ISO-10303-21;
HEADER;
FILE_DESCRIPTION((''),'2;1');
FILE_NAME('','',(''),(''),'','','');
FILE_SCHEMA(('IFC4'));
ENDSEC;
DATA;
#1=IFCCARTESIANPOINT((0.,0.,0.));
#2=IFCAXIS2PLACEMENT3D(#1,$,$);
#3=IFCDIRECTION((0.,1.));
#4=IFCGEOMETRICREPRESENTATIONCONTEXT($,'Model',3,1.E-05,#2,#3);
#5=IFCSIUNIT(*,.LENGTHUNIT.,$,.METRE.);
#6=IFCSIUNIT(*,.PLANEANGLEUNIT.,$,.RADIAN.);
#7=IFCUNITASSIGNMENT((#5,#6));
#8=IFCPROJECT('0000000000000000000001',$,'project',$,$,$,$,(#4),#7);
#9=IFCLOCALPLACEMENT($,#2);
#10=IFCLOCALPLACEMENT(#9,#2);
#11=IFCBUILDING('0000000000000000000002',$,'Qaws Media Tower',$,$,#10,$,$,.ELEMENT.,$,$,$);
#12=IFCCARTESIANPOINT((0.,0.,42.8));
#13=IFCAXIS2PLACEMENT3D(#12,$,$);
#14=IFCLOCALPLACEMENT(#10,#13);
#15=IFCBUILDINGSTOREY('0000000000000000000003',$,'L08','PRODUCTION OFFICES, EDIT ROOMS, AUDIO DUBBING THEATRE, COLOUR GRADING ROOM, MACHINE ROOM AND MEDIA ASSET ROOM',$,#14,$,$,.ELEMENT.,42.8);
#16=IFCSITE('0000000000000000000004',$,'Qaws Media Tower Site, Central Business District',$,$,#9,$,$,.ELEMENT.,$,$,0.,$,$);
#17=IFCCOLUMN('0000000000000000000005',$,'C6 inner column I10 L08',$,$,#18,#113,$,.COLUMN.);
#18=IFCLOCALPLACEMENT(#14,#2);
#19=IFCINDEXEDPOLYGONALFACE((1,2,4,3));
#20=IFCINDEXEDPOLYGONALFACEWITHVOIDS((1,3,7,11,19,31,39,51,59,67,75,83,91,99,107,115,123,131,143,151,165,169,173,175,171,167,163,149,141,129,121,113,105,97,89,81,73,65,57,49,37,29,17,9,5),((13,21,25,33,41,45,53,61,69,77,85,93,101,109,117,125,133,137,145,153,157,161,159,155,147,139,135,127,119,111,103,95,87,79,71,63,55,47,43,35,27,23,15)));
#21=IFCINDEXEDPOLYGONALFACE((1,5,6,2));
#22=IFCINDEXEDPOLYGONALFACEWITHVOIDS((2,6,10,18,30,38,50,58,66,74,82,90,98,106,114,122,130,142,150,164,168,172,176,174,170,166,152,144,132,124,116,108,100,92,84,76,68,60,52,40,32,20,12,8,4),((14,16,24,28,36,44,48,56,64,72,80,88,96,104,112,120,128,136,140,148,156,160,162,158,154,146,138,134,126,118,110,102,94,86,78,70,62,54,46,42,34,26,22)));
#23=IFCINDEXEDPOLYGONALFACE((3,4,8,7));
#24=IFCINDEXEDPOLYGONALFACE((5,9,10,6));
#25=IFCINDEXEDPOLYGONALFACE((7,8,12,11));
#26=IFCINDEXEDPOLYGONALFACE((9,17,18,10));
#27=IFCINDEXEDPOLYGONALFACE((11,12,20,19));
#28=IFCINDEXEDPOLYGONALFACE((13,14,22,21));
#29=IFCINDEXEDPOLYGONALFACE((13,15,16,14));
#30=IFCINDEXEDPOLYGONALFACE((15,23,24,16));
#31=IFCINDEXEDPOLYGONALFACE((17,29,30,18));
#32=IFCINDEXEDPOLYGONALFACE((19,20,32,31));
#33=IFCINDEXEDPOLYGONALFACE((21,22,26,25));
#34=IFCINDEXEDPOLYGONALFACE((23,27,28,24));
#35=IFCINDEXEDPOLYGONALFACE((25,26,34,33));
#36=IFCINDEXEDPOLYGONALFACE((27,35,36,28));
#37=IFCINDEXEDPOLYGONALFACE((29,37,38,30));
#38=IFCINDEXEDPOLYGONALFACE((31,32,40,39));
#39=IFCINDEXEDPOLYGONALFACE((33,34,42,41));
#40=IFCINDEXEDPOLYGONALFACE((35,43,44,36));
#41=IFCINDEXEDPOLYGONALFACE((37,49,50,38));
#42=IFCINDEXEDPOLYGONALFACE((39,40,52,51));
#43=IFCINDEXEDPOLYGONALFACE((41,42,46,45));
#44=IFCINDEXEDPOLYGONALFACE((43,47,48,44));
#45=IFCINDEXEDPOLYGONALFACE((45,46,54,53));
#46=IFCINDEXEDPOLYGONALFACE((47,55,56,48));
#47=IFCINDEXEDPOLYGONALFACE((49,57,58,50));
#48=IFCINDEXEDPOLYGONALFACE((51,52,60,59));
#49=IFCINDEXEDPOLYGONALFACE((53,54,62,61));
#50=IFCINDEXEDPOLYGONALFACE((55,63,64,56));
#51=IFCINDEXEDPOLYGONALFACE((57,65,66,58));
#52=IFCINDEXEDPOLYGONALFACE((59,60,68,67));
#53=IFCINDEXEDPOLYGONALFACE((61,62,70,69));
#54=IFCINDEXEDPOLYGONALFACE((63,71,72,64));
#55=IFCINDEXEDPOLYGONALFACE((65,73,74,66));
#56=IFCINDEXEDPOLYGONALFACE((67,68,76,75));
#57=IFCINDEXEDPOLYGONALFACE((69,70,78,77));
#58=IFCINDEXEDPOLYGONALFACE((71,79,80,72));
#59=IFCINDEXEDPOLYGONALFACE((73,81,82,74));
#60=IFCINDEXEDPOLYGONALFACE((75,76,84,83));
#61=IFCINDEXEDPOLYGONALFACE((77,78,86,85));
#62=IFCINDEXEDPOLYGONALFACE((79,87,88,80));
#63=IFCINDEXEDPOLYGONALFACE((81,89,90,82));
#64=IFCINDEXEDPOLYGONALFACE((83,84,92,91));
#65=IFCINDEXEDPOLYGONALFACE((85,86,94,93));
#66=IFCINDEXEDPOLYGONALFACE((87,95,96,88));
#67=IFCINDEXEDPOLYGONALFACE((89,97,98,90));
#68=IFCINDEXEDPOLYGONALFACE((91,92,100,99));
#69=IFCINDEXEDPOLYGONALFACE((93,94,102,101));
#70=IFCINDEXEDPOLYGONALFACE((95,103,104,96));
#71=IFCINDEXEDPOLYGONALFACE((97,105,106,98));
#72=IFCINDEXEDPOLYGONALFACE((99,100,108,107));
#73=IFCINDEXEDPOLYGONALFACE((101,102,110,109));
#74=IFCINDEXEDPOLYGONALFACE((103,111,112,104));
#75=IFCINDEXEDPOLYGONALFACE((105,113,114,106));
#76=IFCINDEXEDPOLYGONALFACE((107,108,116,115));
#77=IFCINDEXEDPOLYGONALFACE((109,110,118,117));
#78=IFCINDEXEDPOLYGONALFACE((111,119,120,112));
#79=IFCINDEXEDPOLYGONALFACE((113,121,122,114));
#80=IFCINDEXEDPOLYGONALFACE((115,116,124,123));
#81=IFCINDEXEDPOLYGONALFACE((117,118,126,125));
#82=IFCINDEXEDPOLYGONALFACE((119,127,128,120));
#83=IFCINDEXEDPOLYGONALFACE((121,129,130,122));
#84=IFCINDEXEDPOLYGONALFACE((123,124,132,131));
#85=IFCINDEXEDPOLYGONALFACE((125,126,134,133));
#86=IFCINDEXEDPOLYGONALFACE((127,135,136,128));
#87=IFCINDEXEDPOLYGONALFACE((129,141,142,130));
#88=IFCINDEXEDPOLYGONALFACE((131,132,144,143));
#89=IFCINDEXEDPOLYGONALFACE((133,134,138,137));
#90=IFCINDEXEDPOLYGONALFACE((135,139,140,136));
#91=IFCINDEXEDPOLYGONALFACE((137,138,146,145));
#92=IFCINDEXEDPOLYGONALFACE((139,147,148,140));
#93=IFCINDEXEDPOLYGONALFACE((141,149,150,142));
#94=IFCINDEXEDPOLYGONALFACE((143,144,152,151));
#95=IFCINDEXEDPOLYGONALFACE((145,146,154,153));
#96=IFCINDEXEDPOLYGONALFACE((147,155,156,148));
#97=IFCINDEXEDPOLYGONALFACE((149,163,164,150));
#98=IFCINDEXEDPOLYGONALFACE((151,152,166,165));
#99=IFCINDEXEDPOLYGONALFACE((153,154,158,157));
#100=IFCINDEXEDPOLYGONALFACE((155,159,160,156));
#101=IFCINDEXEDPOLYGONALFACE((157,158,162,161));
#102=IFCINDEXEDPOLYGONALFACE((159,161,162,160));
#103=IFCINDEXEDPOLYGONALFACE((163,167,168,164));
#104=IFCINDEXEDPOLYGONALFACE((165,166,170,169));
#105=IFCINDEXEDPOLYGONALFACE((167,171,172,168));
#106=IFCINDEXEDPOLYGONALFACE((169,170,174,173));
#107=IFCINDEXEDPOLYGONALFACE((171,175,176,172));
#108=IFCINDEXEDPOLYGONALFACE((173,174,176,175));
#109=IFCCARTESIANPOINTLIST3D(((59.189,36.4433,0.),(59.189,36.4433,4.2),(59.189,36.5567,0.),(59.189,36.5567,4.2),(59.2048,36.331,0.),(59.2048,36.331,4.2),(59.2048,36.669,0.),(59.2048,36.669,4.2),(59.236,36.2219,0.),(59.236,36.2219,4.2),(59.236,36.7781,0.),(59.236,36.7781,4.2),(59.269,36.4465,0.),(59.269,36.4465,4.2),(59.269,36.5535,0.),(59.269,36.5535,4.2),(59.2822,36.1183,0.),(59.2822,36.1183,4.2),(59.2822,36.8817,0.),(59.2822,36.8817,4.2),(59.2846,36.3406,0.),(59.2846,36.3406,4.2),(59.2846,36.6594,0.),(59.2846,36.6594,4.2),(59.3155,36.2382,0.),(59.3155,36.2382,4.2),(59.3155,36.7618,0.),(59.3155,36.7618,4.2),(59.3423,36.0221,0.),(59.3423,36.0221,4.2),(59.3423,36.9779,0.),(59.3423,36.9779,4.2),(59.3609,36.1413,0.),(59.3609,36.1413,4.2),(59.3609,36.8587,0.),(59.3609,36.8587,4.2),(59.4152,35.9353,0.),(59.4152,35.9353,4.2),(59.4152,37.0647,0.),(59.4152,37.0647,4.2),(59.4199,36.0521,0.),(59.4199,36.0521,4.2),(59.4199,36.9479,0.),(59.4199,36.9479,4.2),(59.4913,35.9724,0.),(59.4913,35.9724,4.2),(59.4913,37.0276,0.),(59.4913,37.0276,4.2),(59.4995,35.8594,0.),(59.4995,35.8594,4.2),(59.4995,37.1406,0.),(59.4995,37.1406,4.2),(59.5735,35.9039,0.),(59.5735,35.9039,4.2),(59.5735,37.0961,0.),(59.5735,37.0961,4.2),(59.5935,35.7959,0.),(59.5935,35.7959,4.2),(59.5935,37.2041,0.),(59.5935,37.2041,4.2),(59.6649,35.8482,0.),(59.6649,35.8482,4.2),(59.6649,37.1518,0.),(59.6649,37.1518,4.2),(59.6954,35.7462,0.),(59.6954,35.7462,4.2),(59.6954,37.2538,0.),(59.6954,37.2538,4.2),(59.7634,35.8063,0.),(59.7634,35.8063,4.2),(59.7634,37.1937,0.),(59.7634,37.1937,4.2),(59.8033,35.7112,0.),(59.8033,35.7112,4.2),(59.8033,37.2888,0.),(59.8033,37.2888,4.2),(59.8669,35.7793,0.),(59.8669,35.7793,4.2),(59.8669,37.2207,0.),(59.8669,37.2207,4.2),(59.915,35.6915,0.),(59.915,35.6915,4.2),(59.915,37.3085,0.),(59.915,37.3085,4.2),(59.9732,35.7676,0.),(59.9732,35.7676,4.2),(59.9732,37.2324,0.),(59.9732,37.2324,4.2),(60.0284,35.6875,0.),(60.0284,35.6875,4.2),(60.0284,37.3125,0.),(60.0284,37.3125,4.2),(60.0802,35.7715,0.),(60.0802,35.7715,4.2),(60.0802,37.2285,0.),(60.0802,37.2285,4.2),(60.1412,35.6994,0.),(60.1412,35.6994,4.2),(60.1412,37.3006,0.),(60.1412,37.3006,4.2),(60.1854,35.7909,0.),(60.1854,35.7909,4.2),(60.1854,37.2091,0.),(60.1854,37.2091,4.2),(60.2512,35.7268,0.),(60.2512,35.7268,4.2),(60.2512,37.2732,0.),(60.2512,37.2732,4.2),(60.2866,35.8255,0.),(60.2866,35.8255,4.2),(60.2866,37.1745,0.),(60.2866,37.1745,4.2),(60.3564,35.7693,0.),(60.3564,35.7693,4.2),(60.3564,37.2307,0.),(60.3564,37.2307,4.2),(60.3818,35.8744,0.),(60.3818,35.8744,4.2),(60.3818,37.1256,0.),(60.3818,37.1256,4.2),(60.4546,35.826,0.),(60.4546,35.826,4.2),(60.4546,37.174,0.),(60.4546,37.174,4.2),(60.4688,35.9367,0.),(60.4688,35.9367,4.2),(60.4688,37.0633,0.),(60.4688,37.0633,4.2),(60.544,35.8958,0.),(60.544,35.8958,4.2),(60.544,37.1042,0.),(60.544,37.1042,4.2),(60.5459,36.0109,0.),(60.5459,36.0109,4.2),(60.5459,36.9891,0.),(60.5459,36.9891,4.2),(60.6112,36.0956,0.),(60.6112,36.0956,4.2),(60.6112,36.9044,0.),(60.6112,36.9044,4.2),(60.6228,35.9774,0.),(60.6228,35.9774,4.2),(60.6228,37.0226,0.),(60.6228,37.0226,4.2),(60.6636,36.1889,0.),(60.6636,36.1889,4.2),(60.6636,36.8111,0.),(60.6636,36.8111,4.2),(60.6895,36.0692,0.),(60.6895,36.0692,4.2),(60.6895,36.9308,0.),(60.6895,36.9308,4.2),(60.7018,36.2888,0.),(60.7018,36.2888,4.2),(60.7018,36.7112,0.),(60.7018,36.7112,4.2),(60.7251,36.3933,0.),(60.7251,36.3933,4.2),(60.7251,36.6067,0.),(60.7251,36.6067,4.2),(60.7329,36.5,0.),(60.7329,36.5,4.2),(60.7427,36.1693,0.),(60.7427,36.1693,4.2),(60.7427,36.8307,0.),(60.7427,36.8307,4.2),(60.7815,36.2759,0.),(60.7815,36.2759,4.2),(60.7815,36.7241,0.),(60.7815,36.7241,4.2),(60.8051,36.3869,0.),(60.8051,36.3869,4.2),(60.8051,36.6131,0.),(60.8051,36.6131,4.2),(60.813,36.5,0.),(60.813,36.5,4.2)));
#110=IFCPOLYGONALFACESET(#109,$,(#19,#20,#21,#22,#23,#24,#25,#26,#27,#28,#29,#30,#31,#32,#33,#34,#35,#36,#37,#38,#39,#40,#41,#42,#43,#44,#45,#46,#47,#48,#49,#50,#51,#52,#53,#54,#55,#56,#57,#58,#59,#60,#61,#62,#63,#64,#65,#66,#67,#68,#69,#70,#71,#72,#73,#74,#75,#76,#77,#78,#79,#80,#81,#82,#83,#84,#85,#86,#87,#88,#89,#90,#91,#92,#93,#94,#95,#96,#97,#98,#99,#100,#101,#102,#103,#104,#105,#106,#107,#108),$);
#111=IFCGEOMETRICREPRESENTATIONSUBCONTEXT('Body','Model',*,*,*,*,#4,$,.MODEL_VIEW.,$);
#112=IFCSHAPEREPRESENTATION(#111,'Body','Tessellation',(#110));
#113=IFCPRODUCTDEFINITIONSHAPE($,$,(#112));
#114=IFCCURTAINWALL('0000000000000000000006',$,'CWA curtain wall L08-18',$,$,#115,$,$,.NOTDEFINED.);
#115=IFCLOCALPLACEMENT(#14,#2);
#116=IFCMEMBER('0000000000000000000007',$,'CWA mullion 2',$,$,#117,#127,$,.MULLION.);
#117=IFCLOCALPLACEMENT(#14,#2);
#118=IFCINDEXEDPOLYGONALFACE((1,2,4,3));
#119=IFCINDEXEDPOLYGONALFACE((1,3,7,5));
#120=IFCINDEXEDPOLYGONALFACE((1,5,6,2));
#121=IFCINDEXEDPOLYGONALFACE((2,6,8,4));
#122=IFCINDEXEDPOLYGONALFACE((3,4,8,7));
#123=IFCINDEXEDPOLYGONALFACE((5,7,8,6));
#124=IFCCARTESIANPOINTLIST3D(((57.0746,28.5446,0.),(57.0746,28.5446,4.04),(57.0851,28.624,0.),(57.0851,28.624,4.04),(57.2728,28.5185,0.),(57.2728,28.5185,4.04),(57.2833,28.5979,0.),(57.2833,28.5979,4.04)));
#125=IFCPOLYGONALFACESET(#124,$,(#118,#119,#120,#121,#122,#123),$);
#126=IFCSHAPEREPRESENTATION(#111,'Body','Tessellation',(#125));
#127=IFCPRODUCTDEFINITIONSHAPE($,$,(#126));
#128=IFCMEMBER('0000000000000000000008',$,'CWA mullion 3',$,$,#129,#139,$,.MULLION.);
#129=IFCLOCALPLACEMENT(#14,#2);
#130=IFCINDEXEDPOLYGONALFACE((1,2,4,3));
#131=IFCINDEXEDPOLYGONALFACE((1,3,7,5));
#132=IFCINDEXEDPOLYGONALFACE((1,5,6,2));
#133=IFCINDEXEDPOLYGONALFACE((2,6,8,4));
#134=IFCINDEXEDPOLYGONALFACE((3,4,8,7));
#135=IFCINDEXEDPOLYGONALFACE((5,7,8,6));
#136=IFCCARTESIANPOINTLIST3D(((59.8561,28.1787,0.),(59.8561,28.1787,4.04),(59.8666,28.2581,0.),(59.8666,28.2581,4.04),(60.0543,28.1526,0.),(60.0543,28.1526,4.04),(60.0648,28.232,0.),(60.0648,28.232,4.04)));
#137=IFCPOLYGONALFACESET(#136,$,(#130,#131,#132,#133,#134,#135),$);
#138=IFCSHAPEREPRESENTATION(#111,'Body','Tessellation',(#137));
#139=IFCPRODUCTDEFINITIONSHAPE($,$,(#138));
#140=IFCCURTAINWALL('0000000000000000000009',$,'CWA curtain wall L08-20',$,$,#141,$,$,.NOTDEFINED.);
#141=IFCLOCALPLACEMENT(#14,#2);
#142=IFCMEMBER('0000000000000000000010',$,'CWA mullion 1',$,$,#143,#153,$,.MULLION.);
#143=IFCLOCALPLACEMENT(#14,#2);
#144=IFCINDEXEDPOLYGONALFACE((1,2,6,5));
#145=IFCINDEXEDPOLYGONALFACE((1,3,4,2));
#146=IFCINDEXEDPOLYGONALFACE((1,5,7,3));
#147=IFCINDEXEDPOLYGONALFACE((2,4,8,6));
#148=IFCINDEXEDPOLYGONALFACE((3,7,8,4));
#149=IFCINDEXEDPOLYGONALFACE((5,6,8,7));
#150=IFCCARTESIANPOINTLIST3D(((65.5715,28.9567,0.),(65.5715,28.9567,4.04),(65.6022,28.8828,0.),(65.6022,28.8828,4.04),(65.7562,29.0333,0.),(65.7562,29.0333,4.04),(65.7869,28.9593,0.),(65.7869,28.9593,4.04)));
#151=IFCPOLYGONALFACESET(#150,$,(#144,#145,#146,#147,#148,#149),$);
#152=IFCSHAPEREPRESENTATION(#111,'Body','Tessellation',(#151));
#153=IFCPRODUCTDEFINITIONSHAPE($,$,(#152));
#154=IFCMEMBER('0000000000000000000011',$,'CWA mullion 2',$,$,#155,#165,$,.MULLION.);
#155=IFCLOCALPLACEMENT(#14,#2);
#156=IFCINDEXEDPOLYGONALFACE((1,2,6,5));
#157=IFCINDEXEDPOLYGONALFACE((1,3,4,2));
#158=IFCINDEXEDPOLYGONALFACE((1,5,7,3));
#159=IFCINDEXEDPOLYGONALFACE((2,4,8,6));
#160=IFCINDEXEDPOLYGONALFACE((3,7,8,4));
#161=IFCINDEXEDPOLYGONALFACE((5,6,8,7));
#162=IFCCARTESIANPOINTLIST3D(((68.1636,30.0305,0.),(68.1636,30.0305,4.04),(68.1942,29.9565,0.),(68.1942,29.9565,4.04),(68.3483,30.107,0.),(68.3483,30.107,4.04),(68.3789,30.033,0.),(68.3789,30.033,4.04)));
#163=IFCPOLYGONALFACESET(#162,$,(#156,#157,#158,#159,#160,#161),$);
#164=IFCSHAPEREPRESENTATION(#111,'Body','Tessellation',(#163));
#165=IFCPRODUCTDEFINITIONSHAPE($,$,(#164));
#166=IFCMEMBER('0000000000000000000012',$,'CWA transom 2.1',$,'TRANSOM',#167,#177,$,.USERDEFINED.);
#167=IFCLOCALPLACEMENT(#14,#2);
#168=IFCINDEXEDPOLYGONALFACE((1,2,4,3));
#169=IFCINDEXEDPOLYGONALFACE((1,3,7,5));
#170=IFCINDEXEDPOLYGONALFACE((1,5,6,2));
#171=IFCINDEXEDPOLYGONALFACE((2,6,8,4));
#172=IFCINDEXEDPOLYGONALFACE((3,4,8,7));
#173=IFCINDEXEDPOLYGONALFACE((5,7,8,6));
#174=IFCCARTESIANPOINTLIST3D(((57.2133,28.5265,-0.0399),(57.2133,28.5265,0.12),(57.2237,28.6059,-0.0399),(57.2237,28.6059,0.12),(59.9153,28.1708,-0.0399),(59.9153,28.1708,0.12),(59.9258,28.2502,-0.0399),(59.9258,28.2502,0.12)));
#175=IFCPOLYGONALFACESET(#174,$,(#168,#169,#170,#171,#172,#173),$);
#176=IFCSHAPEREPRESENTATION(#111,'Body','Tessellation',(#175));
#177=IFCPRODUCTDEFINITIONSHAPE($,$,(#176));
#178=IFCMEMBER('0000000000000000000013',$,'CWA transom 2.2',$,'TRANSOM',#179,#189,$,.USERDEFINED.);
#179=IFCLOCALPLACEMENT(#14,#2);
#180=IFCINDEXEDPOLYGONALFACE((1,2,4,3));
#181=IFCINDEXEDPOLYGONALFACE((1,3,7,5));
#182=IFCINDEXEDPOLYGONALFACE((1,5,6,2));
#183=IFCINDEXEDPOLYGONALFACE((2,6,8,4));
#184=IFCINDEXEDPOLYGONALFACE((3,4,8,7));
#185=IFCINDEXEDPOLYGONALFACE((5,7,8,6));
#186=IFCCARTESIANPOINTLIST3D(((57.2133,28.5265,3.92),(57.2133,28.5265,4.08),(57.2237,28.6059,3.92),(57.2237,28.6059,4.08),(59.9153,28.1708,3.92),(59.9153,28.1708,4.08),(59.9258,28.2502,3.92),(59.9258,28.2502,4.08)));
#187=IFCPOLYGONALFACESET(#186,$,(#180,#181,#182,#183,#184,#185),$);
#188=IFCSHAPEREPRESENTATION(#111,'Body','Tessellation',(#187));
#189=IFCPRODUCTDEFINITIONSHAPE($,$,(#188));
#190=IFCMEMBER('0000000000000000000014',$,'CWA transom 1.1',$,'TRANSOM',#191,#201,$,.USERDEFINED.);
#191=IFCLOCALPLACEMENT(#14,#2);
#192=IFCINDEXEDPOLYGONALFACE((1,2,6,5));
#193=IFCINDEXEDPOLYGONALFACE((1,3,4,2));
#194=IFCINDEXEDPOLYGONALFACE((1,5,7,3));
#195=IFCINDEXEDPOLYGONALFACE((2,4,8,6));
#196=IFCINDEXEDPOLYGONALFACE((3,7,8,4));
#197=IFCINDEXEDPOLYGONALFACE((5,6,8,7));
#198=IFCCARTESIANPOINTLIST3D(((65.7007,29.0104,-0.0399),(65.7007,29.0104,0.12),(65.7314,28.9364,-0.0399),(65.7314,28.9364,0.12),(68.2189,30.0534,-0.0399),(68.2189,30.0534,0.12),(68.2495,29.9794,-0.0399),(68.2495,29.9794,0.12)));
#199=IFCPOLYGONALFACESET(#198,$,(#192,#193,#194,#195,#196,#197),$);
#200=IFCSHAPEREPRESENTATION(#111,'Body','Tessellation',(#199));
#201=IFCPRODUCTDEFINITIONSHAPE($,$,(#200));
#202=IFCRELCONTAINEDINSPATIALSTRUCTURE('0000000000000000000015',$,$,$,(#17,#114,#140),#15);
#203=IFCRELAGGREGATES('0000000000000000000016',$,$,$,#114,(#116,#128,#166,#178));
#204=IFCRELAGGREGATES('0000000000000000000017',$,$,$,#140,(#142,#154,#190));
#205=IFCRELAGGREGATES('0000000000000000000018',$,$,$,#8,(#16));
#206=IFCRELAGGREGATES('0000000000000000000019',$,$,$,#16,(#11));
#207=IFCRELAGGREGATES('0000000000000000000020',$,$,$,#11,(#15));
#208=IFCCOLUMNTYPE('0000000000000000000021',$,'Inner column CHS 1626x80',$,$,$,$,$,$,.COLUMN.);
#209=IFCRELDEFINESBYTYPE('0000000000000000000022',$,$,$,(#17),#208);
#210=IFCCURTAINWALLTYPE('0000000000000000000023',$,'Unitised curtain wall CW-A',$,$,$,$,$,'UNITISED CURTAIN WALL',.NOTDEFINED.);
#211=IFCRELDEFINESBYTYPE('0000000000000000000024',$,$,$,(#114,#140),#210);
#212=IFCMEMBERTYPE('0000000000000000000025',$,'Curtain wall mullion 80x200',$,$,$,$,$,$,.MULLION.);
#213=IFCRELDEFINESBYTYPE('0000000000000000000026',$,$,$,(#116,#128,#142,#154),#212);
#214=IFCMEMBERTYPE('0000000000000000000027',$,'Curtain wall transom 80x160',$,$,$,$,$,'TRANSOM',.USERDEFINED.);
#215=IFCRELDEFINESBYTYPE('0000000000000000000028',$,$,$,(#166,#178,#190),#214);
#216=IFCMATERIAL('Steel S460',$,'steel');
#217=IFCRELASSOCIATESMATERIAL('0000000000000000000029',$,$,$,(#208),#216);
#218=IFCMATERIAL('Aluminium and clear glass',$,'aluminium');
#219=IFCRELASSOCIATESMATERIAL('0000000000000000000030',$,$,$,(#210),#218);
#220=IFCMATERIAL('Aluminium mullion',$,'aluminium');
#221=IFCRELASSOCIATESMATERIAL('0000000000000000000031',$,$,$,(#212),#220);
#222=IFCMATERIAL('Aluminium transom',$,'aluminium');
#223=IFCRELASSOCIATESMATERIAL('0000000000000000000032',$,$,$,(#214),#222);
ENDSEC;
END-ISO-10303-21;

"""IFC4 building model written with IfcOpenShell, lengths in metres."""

from ifc_helpers import new_model, si_unit, direction, frame, origin, origin_2d, place, context, subcontext, project, spatial, rectangle, hollow_circle, extrude, material, material_profile, profile_set, type_object, element, aggregate, save


model = new_model("IFC4")

# Units and contexts
model_context = context("Model", 3, precision=1e-05, world=origin(), true_north=direction((0.0, 1.0)))
body_context = subcontext(model_context, "Body", "Model", "MODEL_VIEW")
ifc_project = project(units=[si_unit("LENGTHUNIT", "METRE"), si_unit("PLANEANGLEUNIT", "RADIAN")], contexts=[model_context])

# Site, building, storey
site_placement = place(None, origin())
site = spatial("IfcSite", under=ifc_project, at=site_placement, Name="Qaws Media Tower Site, Central Business District", CompositionType="ELEMENT", RefElevation=0.0)
building_placement = place(site_placement, origin())
building = spatial("IfcBuilding", under=site, at=building_placement, Name="Qaws Media Tower", CompositionType="ELEMENT")
storey_placement = place(building_placement, frame((0.0, 0.0, 42.8)))
storey = spatial("IfcBuildingStorey", under=building, at=storey_placement, Name="L08", Description="PRODUCTION OFFICES, EDIT ROOMS, AUDIO DUBBING THEATRE, COLOUR GRADING ROOM, MACHINE ROOM AND MEDIA ASSET ROOM", CompositionType="ELEMENT", Elevation=42.8)

# Column
ifc_material_1 = material(Name="Steel S460", Category="steel")
ifc_material_profile_1 = material_profile(ifc_material_1, hollow_circle(Radius=0.813, WallThickness=0.0801, at=origin_2d()), Name="CHS 1626x80")
ifc_profile_set_1 = profile_set([ifc_material_profile_1], Name="Steel S460")
column_type = type_object("IfcColumnType", Name="Inner column CHS 1626x80", PredefinedType="COLUMN", material=ifc_profile_set_1)
column_placement = place(storey_placement, frame((60.0, 36.5, 0.0), z_axis=(0.0, 0.0, 1.0), x_axis=(1.0, 0.0, 0.0)))
element("IfcColumn", 1, at=column_placement, inside=storey, type_object=column_type, Name="C6 inner column I10 L08", PredefinedType="COLUMN", context=body_context, shape_type="SweptSolid", body=[
    extrude(hollow_circle(Radius=0.813, WallThickness=0.0801, at=origin_2d()), origin(), (0.0, 0.0, 1.0), 4.2),
])

# Curtain walls, members
ifc_material_2 = material(Name="Aluminium and clear glass", Category="aluminium")
curtain_wall_type = type_object("IfcCurtainWallType", Name="Unitised curtain wall CW-A", ElementType="UNITISED CURTAIN WALL", PredefinedType="NOTDEFINED", material=ifc_material_2)
curtain_wall_1_placement = place(storey_placement, origin())
curtain_wall_1 = element("IfcCurtainWall", 2, at=curtain_wall_1_placement, inside=storey, type_object=curtain_wall_type, Name="CWA curtain wall L08-18", PredefinedType="NOTDEFINED")
ifc_material_3 = material(Name="Aluminium mullion", Category="aluminium")
ifc_material_profile_2 = material_profile(ifc_material_3, rectangle(XDim=0.0801, YDim=0.2, at=origin_2d()), Name="80x200")
ifc_profile_set_2 = profile_set([ifc_material_profile_2], Name="Aluminium mullion")
member_type_1 = type_object("IfcMemberType", Name="Curtain wall mullion 80x200", PredefinedType="MULLION", material=ifc_profile_set_2)
member_1_placement = place(storey_placement, frame((57.179, 28.5713, 0.0), z_axis=(0.0, 0.0, 1.0), x_axis=(0.130526, 0.991445, 0.0)))
member_1 = element("IfcMember", 3, at=member_1_placement, type_object=member_type_1, Name="CWA mullion 2", PredefinedType="MULLION", context=body_context, shape_type="SweptSolid", body=[
    extrude(rectangle(XDim=0.0801, YDim=0.2, at=origin_2d()), origin(), (0.0, 0.0, 1.0), 4.04),
])
member_2_placement = place(storey_placement, frame((59.9604, 28.2053, 0.0), z_axis=(0.0, 0.0, 1.0), x_axis=(0.130526, 0.991445, 0.0)))
member_2 = element("IfcMember", 4, at=member_2_placement, type_object=member_type_1, Name="CWA mullion 3", PredefinedType="MULLION", context=body_context, shape_type="SweptSolid", body=[
    extrude(rectangle(XDim=0.0801, YDim=0.2, at=origin_2d()), origin(), (0.0, 0.0, 1.0), 4.04),
])
curtain_wall_2_placement = place(storey_placement, origin())
curtain_wall_2 = element("IfcCurtainWall", 5, at=curtain_wall_2_placement, inside=storey, type_object=curtain_wall_type, Name="CWA curtain wall L08-20", PredefinedType="NOTDEFINED")
member_3_placement = place(storey_placement, frame((65.6792, 28.958, 0.0), z_axis=(0.0, 0.0, 1.0), x_axis=(-0.382683, 0.92388, 0.0)))
member_3 = element("IfcMember", 6, at=member_3_placement, type_object=member_type_1, Name="CWA mullion 1", PredefinedType="MULLION", context=body_context, shape_type="SweptSolid", body=[
    extrude(rectangle(XDim=0.0801, YDim=0.2, at=origin_2d()), origin(), (0.0, 0.0, 1.0), 4.04),
])
member_4_placement = place(storey_placement, frame((68.2712, 30.0317, 0.0), z_axis=(0.0, 0.0, 1.0), x_axis=(-0.382683, 0.92388, 0.0)))
member_4 = element("IfcMember", 7, at=member_4_placement, type_object=member_type_1, Name="CWA mullion 2", PredefinedType="MULLION", context=body_context, shape_type="SweptSolid", body=[
    extrude(rectangle(XDim=0.0801, YDim=0.2, at=origin_2d()), origin(), (0.0, 0.0, 1.0), 4.04),
])

# Members
ifc_material_4 = material(Name="Aluminium transom", Category="aluminium")
ifc_material_profile_3 = material_profile(ifc_material_4, rectangle(XDim=0.0801, YDim=0.1599, at=origin_2d()), Name="80x160")
ifc_profile_set_3 = profile_set([ifc_material_profile_3], Name="Aluminium transom")
member_type_2 = type_object("IfcMemberType", Name="Curtain wall transom 80x160", ElementType="TRANSOM", PredefinedType="USERDEFINED", material=ifc_profile_set_3)
member_5_placement = place(storey_placement, frame((57.2185, 28.5662, 0.04), z_axis=(0.991446, -0.130515, 0.0), x_axis=(0.130515, 0.991446, 0.0)))
member_5 = element("IfcMember", 8, at=member_5_placement, type_object=member_type_2, Name="CWA transom 2.1", ObjectType="TRANSOM", PredefinedType="USERDEFINED", context=body_context, shape_type="SweptSolid", body=[
    extrude(rectangle(XDim=0.0801, YDim=0.1599, at=origin_2d()), origin(), (0.0, 0.0, 1.0), 2.7253),
])
member_6_placement = place(storey_placement, frame((57.2185, 28.5662, 4.0), z_axis=(0.991446, -0.130515, 0.0), x_axis=(0.130515, 0.991446, 0.0)))
member_6 = element("IfcMember", 9, at=member_6_placement, type_object=member_type_2, Name="CWA transom 2.2", ObjectType="TRANSOM", PredefinedType="USERDEFINED", context=body_context, shape_type="SweptSolid", body=[
    extrude(rectangle(XDim=0.0801, YDim=0.1599, at=origin_2d()), origin(), (0.0, 0.0, 1.0), 2.7253),
])
member_7_placement = place(storey_placement, frame((65.7161, 28.9734, 0.04), z_axis=(0.923886, 0.382668, 0.0), x_axis=(-0.382668, 0.923886, 0.0)))
member_7 = element("IfcMember", 10, at=member_7_placement, type_object=member_type_2, Name="CWA transom 1.1", ObjectType="TRANSOM", PredefinedType="USERDEFINED", context=body_context, shape_type="SweptSolid", body=[
    extrude(rectangle(XDim=0.0801, YDim=0.1599, at=origin_2d()), origin(), (0.0, 0.0, 1.0), 2.7256),
])

aggregate(curtain_wall_1, [member_1, member_2, member_5, member_6])
aggregate(curtain_wall_2, [member_3, member_4, member_7])

save(model, "model.ifc")
